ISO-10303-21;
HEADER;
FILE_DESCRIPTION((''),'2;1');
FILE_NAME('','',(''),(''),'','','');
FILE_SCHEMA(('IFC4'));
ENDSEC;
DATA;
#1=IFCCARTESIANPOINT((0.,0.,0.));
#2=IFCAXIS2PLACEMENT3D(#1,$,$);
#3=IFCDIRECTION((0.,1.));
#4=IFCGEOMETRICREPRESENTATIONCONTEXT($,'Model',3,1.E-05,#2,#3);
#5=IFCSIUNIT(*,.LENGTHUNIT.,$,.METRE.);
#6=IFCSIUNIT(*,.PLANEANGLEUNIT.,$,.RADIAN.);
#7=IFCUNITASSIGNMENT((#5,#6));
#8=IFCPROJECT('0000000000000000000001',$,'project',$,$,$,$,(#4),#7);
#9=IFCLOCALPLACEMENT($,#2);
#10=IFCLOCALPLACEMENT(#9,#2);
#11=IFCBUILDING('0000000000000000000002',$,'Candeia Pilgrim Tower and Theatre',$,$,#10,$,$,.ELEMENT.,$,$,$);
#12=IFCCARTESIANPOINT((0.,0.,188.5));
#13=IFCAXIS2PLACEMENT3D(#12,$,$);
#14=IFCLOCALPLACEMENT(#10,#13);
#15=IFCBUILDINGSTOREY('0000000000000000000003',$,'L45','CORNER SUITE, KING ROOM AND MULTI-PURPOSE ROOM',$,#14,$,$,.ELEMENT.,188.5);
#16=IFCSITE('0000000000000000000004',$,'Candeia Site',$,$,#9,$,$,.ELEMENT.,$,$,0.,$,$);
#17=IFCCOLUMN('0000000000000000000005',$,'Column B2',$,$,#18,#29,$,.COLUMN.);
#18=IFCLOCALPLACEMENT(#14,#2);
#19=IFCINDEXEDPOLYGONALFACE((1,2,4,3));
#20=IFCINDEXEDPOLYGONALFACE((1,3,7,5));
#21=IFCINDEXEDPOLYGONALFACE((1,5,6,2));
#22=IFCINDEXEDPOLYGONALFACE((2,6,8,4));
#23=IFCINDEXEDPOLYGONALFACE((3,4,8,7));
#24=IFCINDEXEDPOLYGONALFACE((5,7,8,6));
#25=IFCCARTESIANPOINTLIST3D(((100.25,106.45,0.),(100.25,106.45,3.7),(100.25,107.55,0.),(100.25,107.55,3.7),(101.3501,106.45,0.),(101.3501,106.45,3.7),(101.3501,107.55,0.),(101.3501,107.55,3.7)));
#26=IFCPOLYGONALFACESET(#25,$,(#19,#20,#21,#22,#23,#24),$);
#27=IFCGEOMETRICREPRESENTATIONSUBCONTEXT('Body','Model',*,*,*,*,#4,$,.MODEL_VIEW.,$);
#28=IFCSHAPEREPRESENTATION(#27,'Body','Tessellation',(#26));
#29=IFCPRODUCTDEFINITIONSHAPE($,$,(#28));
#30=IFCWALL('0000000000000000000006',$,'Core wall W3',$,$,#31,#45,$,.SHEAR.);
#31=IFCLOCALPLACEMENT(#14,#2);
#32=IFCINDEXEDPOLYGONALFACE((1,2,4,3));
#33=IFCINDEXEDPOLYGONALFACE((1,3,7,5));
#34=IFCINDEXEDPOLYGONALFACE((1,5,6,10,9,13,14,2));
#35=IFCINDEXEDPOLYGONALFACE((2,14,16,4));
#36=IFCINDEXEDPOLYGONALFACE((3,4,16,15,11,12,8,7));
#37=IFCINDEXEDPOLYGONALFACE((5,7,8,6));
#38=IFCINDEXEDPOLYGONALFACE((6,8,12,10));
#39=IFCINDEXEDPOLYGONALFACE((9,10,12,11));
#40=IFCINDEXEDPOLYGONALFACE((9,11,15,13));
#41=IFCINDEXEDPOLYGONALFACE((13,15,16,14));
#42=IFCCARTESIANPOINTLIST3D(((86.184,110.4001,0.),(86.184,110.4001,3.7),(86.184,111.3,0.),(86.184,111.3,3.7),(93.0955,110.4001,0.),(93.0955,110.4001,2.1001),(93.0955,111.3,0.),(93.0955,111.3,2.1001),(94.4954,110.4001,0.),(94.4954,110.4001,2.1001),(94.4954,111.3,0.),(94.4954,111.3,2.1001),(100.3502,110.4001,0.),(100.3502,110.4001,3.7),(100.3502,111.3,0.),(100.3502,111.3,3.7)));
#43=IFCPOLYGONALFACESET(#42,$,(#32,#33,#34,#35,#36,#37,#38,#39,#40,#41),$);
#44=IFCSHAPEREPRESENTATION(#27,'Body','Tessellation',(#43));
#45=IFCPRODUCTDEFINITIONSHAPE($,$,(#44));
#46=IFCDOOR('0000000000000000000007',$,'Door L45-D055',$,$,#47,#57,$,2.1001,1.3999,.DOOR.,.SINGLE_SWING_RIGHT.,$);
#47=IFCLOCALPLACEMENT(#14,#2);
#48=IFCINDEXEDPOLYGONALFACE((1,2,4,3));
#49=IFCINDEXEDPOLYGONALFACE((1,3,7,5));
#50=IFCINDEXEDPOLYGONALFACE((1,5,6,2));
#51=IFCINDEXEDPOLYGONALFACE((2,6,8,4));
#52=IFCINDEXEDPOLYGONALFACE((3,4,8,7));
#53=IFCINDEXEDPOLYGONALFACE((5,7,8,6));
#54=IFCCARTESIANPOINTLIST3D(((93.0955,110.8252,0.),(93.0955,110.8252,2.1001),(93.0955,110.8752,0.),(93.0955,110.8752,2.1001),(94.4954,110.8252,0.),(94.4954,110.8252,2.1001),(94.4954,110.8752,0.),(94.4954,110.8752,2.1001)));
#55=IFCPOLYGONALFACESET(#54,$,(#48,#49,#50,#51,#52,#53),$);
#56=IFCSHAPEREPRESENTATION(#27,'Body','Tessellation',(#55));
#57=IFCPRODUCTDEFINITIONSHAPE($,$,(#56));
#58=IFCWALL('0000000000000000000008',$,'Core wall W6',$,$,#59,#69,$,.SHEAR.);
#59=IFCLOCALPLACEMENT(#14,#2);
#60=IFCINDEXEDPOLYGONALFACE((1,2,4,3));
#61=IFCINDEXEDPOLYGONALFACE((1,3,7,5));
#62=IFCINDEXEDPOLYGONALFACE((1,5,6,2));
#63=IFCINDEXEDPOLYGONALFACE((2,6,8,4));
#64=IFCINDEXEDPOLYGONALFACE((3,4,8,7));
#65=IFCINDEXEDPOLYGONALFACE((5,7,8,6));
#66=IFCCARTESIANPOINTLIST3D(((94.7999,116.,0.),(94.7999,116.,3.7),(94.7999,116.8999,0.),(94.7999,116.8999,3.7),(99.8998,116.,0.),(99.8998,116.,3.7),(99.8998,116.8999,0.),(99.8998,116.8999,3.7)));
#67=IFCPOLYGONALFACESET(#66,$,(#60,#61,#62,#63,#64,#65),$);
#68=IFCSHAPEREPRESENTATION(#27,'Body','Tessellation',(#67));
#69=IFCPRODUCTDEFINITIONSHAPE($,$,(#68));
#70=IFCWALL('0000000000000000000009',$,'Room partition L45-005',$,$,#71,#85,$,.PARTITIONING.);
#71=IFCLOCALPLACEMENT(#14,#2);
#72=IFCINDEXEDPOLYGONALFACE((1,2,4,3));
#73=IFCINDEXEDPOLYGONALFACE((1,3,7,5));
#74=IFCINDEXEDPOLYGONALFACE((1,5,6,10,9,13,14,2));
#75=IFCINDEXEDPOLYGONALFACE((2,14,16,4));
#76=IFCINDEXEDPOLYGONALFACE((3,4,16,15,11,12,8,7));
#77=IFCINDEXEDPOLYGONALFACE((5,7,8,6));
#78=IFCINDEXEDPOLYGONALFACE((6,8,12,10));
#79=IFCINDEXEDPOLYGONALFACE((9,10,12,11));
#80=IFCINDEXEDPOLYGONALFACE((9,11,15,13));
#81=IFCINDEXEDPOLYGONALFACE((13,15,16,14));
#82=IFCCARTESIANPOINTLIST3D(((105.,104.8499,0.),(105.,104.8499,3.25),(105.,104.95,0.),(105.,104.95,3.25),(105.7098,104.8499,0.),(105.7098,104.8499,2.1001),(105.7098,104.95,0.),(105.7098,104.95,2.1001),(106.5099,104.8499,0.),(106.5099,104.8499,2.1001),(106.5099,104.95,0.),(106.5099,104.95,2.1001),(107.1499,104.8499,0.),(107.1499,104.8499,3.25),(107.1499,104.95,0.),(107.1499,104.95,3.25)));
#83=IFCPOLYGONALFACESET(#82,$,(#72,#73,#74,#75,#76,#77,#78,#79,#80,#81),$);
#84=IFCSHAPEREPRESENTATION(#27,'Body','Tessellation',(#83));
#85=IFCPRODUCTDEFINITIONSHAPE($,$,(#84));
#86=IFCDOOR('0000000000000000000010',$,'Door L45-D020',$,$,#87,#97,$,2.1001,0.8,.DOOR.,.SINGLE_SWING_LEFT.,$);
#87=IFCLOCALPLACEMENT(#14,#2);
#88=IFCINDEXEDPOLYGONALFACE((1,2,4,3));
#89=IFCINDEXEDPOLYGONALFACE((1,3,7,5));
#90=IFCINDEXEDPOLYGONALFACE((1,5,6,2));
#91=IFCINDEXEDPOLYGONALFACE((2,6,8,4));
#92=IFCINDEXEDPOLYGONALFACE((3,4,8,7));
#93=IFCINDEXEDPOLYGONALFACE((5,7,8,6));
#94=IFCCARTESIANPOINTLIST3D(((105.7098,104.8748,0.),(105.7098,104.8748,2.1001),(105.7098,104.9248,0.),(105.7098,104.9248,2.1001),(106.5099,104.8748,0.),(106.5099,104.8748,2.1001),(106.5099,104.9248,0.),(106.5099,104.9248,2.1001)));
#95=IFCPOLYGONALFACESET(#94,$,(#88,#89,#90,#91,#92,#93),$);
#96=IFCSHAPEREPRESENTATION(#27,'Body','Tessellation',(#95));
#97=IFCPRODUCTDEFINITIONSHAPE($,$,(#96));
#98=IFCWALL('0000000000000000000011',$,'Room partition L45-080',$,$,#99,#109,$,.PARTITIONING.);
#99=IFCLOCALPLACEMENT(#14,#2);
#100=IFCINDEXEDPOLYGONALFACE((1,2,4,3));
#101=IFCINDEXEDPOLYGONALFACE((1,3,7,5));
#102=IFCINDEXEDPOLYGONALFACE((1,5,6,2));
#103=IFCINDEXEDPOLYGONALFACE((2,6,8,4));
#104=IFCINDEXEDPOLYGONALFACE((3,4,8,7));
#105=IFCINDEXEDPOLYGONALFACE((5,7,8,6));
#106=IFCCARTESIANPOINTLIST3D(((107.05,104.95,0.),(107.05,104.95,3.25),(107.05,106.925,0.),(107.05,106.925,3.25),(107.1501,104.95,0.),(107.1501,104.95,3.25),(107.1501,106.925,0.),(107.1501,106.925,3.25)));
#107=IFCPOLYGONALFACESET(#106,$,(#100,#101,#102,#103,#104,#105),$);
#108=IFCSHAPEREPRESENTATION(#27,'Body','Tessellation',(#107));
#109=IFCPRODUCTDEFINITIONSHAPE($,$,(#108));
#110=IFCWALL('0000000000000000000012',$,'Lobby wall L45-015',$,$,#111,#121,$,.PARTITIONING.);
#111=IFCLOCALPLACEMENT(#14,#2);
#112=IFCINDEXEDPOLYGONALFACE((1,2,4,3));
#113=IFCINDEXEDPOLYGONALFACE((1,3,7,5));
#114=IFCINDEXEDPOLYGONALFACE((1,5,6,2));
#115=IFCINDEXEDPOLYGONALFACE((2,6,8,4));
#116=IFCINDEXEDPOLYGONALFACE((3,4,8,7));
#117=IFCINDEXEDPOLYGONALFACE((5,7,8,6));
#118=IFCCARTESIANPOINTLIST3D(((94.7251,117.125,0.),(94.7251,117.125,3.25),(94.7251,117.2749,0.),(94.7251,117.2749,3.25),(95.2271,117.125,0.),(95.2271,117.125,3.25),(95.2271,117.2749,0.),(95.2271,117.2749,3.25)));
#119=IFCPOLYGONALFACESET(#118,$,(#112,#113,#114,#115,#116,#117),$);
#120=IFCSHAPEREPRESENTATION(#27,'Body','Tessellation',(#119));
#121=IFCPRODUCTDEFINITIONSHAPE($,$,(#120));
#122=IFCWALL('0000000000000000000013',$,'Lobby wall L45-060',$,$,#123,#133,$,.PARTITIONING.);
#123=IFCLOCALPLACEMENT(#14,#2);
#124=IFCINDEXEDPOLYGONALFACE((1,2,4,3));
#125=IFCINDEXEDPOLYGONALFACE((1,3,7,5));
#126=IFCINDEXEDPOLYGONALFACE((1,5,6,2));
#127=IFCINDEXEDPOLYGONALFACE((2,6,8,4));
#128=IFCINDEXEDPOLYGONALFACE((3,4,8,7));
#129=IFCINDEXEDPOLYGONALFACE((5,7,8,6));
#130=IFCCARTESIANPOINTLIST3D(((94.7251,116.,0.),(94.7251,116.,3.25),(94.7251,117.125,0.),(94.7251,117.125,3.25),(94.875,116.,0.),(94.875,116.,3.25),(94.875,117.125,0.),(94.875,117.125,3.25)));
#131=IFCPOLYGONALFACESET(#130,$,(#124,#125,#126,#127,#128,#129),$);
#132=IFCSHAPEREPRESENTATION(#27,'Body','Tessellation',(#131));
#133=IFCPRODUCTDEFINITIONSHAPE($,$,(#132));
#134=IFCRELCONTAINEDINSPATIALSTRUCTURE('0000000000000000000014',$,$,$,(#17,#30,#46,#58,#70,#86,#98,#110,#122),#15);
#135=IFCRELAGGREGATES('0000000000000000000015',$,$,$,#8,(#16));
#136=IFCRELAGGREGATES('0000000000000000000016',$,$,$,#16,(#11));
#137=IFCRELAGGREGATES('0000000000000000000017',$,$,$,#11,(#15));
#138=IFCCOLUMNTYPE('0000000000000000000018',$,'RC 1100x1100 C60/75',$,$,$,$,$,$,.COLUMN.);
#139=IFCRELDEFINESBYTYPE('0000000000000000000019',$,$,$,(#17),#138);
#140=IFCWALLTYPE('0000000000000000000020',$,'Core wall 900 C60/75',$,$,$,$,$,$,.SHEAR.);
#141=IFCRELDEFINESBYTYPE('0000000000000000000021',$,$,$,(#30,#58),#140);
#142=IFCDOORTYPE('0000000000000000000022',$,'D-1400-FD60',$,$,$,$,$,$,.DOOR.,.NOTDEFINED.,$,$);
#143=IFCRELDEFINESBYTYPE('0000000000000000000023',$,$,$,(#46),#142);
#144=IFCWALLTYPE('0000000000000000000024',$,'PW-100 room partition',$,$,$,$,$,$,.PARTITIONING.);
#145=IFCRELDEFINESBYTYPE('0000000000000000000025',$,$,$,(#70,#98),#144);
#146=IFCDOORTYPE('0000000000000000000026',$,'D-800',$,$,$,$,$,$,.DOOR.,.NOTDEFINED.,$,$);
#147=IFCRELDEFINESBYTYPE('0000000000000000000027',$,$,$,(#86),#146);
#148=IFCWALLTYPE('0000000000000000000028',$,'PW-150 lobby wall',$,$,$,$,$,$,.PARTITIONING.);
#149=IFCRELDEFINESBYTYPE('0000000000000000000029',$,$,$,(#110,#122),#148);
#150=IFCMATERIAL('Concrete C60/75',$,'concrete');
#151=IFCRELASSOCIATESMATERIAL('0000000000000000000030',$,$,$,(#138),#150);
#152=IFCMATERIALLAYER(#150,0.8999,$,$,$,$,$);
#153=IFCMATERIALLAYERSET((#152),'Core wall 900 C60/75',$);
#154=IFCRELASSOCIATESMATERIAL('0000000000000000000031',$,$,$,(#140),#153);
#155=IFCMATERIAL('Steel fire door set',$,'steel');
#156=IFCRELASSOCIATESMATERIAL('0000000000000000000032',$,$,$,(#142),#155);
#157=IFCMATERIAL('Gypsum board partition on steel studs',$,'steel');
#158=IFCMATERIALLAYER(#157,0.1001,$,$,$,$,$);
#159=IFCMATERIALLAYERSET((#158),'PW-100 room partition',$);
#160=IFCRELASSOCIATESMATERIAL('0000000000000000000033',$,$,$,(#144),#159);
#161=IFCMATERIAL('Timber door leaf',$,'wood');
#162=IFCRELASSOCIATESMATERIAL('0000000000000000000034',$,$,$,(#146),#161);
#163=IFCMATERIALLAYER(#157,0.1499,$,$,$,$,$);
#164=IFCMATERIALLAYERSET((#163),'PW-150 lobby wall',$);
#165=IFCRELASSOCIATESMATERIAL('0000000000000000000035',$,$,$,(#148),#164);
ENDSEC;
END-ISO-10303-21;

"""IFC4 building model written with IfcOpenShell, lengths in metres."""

from ifc_helpers import new_model, si_unit, direction, frame, frame_2d, origin, origin_2d, place, context, subcontext, project, spatial, rectangle, extrude, material, layer, layer_set, material_profile, profile_set, type_object, element, fill, save


model = new_model("IFC4")

# Units and contexts
model_context = context("Model", 3, precision=1e-05, world=origin(), true_north=direction((0.0, 1.0)))
body_context = subcontext(model_context, "Body", "Model", "MODEL_VIEW")
ifc_project = project(units=[si_unit("LENGTHUNIT", "METRE"), si_unit("PLANEANGLEUNIT", "RADIAN")], contexts=[model_context])

# Site, building, storey
site_placement = place(None, origin())
site = spatial("IfcSite", under=ifc_project, at=site_placement, Name="Candeia Site", CompositionType="ELEMENT", RefElevation=0.0)
building_placement = place(site_placement, origin())
building = spatial("IfcBuilding", under=site, at=building_placement, Name="Candeia Pilgrim Tower and Theatre", CompositionType="ELEMENT")
storey_placement = place(building_placement, frame((0.0, 0.0, 188.5)))
storey = spatial("IfcBuildingStorey", under=building, at=storey_placement, Name="L45", Description="CORNER SUITE, KING ROOM AND MULTI-PURPOSE ROOM", CompositionType="ELEMENT", Elevation=188.5)

# Column
ifc_material_1 = material(Name="Concrete C60/75", Category="concrete")
ifc_material_profile = material_profile(ifc_material_1, rectangle(XDim=1.1001, YDim=1.1001, at=origin_2d()))
ifc_profile_set = profile_set([ifc_material_profile], Name="Concrete C60/75")
column_type = type_object("IfcColumnType", Name="RC 1100x1100 C60/75", PredefinedType="COLUMN", material=ifc_profile_set)
column_placement = place(storey_placement, frame((100.8, 107.0, 0.0), z_axis=(0.0, 0.0, 1.0), x_axis=(1.0, 0.0, 0.0)))
element("IfcColumn", 1, at=column_placement, inside=storey, type_object=column_type, Name="Column B2", PredefinedType="COLUMN", context=body_context, shape_type="SweptSolid", body=[
    extrude(rectangle(XDim=1.1001, YDim=1.1001, at=origin_2d()), origin(), (0.0, 0.0, 1.0), 3.7),
])

# Wall, opening, door
ifc_layer_1 = layer(ifc_material_1, 0.8999)
ifc_layer_set_1 = layer_set([ifc_layer_1], Name="Core wall 900 C60/75")
wall_type_1 = type_object("IfcWallType", Name="Core wall 900 C60/75", PredefinedType="SHEAR", material=ifc_layer_set_1)
wall_1_placement = place(storey_placement, frame((100.3501, 110.8501, 0.0), z_axis=(0.0, 0.0, 1.0), x_axis=(-1.0, 0.0, 0.0)))
wall_1 = element("IfcWall", 2, at=wall_1_placement, inside=storey, type_object=wall_type_1, Name="Core wall W3", PredefinedType="SHEAR", context=body_context, shape_type="SweptSolid", body=[
    extrude(rectangle(XDim=14.1663, YDim=0.8999, at=frame_2d((7.083, 0.0))), origin(), (0.0, 0.0, 1.0), 3.7),
])
opening_1_placement = place(wall_1_placement, frame((5.8547, 0.0, 0.0)))
opening_1 = element("IfcOpeningElement", 3, at=opening_1_placement, cuts=wall_1, PredefinedType="OPENING", context=body_context, shape_type="SweptSolid", body=[
    extrude(rectangle(XDim=1.3999, YDim=2.1001, at=frame_2d((0.7, 1.05))), frame((0.0, 0.46, 0.0), z_axis=(0.0, -1.0, 0.0), x_axis=(1.0, 0.0, 0.0)), (0.0, 0.0, 1.0), 0.9199),
])
ifc_material_2 = material(Name="Steel fire door set", Category="steel")
door_type_1 = type_object("IfcDoorType", Name="D-1400-FD60", OperationType="NOTDEFINED", PredefinedType="DOOR", material=ifc_material_2)
door_1_placement = place(opening_1_placement, origin())
door_1 = element("IfcDoor", 4, at=door_1_placement, inside=storey, type_object=door_type_1, Name="Door L45-D055", OperationType="SINGLE_SWING_RIGHT", OverallHeight=2.1001, OverallWidth=1.3999, PredefinedType="DOOR", context=body_context, shape_type="SweptSolid", body=[
    extrude(rectangle(XDim=1.3999, YDim=2.1001, at=frame_2d((0.7, 1.05))), frame((0.0, 0.0249, 0.0), z_axis=(0.0, -1.0, 0.0), x_axis=(1.0, 0.0, 0.0)), (0.0, 0.0, 1.0), 0.05),
])
fill(opening_1, door_1)

# Wall
wall_2_placement = place(storey_placement, frame((94.8, 116.45, 0.0), z_axis=(0.0, 0.0, 1.0), x_axis=(1.0, 0.0, 0.0)))
element("IfcWall", 5, at=wall_2_placement, inside=storey, type_object=wall_type_1, Name="Core wall W6", PredefinedType="SHEAR", context=body_context, shape_type="SweptSolid", body=[
    extrude(rectangle(XDim=5.0999, YDim=0.8999, at=frame_2d((2.5498, 0.0))), origin(), (0.0, 0.0, 1.0), 3.7),
])

# Wall, opening, door
ifc_material_3 = material(Name="Gypsum board partition on steel studs", Category="steel")
ifc_layer_2 = layer(ifc_material_3, 0.1001)
ifc_layer_set_2 = layer_set([ifc_layer_2], Name="PW-100 room partition")
wall_type_2 = type_object("IfcWallType", Name="PW-100 room partition", PredefinedType="PARTITIONING", material=ifc_layer_set_2)
wall_3_placement = place(storey_placement, frame((105.0, 104.8999, 0.0), z_axis=(0.0, 0.0, 1.0), x_axis=(1.0, 0.0, 0.0)))
wall_3 = element("IfcWall", 6, at=wall_3_placement, inside=storey, type_object=wall_type_2, Name="Room partition L45-005", PredefinedType="PARTITIONING", context=body_context, shape_type="SweptSolid", body=[
    extrude(rectangle(XDim=2.1499, YDim=0.1001, at=frame_2d((1.075, 0.0))), origin(), (0.0, 0.0, 1.0), 3.25),
])
opening_2_placement = place(wall_3_placement, frame((0.71, 0.0, 0.0)))
opening_2 = element("IfcOpeningElement", 7, at=opening_2_placement, cuts=wall_3, PredefinedType="OPENING", context=body_context, shape_type="SweptSolid", body=[
    extrude(rectangle(XDim=0.8, YDim=2.1001, at=frame_2d((0.3999, 1.05))), frame((0.0, 0.0601, 0.0), z_axis=(0.0, -1.0, 0.0), x_axis=(1.0, 0.0, 0.0)), (0.0, 0.0, 1.0), 0.1201),
])
ifc_material_4 = material(Name="Timber door leaf", Category="wood")
door_type_2 = type_object("IfcDoorType", Name="D-800", OperationType="NOTDEFINED", PredefinedType="DOOR", material=ifc_material_4)
door_2_placement = place(opening_2_placement, origin())
door_2 = element("IfcDoor", 8, at=door_2_placement, inside=storey, type_object=door_type_2, Name="Door L45-D020", OperationType="SINGLE_SWING_LEFT", OverallHeight=2.1001, OverallWidth=0.8, PredefinedType="DOOR", context=body_context, shape_type="SweptSolid", body=[
    extrude(rectangle(XDim=0.8, YDim=2.1001, at=frame_2d((0.3999, 1.05))), frame((0.0, 0.0249, 0.0), z_axis=(0.0, -1.0, 0.0), x_axis=(1.0, 0.0, 0.0)), (0.0, 0.0, 1.0), 0.05),
])
fill(opening_2, door_2)

# Walls
wall_4_placement = place(storey_placement, frame((107.1001, 104.95, 0.0), z_axis=(0.0, 0.0, 1.0), x_axis=(0.0, 1.0, 0.0)))
element("IfcWall", 9, at=wall_4_placement, inside=storey, type_object=wall_type_2, Name="Room partition L45-080", PredefinedType="PARTITIONING", context=body_context, shape_type="SweptSolid", body=[
    extrude(rectangle(XDim=1.9751, YDim=0.1001, at=frame_2d((0.9875, 0.0))), origin(), (0.0, 0.0, 1.0), 3.25),
])
ifc_layer_3 = layer(ifc_material_3, 0.1499)
ifc_layer_set_3 = layer_set([ifc_layer_3], Name="PW-150 lobby wall")
wall_type_3 = type_object("IfcWallType", Name="PW-150 lobby wall", PredefinedType="PARTITIONING", material=ifc_layer_set_3)
wall_5_placement = place(storey_placement, frame((94.7251, 117.2, 0.0), z_axis=(0.0, 0.0, 1.0), x_axis=(1.0, 0.0, 0.0)))
element("IfcWall", 10, at=wall_5_placement, inside=storey, type_object=wall_type_3, Name="Lobby wall L45-015", PredefinedType="PARTITIONING", context=body_context, shape_type="SweptSolid", body=[
    extrude(rectangle(XDim=0.502, YDim=0.1499, at=frame_2d((0.251, 0.0))), origin(), (0.0, 0.0, 1.0), 3.25),
])
wall_6_placement = place(storey_placement, frame((94.8, 116.0, 0.0), z_axis=(0.0, 0.0, 1.0), x_axis=(0.0, 1.0, 0.0)))
element("IfcWall", 11, at=wall_6_placement, inside=storey, type_object=wall_type_3, Name="Lobby wall L45-060", PredefinedType="PARTITIONING", context=body_context, shape_type="SweptSolid", body=[
    extrude(rectangle(XDim=1.125, YDim=0.1499, at=frame_2d((0.5625, 0.0))), origin(), (0.0, 0.0, 1.0), 3.25),
])

save(model, "model.ifc")
